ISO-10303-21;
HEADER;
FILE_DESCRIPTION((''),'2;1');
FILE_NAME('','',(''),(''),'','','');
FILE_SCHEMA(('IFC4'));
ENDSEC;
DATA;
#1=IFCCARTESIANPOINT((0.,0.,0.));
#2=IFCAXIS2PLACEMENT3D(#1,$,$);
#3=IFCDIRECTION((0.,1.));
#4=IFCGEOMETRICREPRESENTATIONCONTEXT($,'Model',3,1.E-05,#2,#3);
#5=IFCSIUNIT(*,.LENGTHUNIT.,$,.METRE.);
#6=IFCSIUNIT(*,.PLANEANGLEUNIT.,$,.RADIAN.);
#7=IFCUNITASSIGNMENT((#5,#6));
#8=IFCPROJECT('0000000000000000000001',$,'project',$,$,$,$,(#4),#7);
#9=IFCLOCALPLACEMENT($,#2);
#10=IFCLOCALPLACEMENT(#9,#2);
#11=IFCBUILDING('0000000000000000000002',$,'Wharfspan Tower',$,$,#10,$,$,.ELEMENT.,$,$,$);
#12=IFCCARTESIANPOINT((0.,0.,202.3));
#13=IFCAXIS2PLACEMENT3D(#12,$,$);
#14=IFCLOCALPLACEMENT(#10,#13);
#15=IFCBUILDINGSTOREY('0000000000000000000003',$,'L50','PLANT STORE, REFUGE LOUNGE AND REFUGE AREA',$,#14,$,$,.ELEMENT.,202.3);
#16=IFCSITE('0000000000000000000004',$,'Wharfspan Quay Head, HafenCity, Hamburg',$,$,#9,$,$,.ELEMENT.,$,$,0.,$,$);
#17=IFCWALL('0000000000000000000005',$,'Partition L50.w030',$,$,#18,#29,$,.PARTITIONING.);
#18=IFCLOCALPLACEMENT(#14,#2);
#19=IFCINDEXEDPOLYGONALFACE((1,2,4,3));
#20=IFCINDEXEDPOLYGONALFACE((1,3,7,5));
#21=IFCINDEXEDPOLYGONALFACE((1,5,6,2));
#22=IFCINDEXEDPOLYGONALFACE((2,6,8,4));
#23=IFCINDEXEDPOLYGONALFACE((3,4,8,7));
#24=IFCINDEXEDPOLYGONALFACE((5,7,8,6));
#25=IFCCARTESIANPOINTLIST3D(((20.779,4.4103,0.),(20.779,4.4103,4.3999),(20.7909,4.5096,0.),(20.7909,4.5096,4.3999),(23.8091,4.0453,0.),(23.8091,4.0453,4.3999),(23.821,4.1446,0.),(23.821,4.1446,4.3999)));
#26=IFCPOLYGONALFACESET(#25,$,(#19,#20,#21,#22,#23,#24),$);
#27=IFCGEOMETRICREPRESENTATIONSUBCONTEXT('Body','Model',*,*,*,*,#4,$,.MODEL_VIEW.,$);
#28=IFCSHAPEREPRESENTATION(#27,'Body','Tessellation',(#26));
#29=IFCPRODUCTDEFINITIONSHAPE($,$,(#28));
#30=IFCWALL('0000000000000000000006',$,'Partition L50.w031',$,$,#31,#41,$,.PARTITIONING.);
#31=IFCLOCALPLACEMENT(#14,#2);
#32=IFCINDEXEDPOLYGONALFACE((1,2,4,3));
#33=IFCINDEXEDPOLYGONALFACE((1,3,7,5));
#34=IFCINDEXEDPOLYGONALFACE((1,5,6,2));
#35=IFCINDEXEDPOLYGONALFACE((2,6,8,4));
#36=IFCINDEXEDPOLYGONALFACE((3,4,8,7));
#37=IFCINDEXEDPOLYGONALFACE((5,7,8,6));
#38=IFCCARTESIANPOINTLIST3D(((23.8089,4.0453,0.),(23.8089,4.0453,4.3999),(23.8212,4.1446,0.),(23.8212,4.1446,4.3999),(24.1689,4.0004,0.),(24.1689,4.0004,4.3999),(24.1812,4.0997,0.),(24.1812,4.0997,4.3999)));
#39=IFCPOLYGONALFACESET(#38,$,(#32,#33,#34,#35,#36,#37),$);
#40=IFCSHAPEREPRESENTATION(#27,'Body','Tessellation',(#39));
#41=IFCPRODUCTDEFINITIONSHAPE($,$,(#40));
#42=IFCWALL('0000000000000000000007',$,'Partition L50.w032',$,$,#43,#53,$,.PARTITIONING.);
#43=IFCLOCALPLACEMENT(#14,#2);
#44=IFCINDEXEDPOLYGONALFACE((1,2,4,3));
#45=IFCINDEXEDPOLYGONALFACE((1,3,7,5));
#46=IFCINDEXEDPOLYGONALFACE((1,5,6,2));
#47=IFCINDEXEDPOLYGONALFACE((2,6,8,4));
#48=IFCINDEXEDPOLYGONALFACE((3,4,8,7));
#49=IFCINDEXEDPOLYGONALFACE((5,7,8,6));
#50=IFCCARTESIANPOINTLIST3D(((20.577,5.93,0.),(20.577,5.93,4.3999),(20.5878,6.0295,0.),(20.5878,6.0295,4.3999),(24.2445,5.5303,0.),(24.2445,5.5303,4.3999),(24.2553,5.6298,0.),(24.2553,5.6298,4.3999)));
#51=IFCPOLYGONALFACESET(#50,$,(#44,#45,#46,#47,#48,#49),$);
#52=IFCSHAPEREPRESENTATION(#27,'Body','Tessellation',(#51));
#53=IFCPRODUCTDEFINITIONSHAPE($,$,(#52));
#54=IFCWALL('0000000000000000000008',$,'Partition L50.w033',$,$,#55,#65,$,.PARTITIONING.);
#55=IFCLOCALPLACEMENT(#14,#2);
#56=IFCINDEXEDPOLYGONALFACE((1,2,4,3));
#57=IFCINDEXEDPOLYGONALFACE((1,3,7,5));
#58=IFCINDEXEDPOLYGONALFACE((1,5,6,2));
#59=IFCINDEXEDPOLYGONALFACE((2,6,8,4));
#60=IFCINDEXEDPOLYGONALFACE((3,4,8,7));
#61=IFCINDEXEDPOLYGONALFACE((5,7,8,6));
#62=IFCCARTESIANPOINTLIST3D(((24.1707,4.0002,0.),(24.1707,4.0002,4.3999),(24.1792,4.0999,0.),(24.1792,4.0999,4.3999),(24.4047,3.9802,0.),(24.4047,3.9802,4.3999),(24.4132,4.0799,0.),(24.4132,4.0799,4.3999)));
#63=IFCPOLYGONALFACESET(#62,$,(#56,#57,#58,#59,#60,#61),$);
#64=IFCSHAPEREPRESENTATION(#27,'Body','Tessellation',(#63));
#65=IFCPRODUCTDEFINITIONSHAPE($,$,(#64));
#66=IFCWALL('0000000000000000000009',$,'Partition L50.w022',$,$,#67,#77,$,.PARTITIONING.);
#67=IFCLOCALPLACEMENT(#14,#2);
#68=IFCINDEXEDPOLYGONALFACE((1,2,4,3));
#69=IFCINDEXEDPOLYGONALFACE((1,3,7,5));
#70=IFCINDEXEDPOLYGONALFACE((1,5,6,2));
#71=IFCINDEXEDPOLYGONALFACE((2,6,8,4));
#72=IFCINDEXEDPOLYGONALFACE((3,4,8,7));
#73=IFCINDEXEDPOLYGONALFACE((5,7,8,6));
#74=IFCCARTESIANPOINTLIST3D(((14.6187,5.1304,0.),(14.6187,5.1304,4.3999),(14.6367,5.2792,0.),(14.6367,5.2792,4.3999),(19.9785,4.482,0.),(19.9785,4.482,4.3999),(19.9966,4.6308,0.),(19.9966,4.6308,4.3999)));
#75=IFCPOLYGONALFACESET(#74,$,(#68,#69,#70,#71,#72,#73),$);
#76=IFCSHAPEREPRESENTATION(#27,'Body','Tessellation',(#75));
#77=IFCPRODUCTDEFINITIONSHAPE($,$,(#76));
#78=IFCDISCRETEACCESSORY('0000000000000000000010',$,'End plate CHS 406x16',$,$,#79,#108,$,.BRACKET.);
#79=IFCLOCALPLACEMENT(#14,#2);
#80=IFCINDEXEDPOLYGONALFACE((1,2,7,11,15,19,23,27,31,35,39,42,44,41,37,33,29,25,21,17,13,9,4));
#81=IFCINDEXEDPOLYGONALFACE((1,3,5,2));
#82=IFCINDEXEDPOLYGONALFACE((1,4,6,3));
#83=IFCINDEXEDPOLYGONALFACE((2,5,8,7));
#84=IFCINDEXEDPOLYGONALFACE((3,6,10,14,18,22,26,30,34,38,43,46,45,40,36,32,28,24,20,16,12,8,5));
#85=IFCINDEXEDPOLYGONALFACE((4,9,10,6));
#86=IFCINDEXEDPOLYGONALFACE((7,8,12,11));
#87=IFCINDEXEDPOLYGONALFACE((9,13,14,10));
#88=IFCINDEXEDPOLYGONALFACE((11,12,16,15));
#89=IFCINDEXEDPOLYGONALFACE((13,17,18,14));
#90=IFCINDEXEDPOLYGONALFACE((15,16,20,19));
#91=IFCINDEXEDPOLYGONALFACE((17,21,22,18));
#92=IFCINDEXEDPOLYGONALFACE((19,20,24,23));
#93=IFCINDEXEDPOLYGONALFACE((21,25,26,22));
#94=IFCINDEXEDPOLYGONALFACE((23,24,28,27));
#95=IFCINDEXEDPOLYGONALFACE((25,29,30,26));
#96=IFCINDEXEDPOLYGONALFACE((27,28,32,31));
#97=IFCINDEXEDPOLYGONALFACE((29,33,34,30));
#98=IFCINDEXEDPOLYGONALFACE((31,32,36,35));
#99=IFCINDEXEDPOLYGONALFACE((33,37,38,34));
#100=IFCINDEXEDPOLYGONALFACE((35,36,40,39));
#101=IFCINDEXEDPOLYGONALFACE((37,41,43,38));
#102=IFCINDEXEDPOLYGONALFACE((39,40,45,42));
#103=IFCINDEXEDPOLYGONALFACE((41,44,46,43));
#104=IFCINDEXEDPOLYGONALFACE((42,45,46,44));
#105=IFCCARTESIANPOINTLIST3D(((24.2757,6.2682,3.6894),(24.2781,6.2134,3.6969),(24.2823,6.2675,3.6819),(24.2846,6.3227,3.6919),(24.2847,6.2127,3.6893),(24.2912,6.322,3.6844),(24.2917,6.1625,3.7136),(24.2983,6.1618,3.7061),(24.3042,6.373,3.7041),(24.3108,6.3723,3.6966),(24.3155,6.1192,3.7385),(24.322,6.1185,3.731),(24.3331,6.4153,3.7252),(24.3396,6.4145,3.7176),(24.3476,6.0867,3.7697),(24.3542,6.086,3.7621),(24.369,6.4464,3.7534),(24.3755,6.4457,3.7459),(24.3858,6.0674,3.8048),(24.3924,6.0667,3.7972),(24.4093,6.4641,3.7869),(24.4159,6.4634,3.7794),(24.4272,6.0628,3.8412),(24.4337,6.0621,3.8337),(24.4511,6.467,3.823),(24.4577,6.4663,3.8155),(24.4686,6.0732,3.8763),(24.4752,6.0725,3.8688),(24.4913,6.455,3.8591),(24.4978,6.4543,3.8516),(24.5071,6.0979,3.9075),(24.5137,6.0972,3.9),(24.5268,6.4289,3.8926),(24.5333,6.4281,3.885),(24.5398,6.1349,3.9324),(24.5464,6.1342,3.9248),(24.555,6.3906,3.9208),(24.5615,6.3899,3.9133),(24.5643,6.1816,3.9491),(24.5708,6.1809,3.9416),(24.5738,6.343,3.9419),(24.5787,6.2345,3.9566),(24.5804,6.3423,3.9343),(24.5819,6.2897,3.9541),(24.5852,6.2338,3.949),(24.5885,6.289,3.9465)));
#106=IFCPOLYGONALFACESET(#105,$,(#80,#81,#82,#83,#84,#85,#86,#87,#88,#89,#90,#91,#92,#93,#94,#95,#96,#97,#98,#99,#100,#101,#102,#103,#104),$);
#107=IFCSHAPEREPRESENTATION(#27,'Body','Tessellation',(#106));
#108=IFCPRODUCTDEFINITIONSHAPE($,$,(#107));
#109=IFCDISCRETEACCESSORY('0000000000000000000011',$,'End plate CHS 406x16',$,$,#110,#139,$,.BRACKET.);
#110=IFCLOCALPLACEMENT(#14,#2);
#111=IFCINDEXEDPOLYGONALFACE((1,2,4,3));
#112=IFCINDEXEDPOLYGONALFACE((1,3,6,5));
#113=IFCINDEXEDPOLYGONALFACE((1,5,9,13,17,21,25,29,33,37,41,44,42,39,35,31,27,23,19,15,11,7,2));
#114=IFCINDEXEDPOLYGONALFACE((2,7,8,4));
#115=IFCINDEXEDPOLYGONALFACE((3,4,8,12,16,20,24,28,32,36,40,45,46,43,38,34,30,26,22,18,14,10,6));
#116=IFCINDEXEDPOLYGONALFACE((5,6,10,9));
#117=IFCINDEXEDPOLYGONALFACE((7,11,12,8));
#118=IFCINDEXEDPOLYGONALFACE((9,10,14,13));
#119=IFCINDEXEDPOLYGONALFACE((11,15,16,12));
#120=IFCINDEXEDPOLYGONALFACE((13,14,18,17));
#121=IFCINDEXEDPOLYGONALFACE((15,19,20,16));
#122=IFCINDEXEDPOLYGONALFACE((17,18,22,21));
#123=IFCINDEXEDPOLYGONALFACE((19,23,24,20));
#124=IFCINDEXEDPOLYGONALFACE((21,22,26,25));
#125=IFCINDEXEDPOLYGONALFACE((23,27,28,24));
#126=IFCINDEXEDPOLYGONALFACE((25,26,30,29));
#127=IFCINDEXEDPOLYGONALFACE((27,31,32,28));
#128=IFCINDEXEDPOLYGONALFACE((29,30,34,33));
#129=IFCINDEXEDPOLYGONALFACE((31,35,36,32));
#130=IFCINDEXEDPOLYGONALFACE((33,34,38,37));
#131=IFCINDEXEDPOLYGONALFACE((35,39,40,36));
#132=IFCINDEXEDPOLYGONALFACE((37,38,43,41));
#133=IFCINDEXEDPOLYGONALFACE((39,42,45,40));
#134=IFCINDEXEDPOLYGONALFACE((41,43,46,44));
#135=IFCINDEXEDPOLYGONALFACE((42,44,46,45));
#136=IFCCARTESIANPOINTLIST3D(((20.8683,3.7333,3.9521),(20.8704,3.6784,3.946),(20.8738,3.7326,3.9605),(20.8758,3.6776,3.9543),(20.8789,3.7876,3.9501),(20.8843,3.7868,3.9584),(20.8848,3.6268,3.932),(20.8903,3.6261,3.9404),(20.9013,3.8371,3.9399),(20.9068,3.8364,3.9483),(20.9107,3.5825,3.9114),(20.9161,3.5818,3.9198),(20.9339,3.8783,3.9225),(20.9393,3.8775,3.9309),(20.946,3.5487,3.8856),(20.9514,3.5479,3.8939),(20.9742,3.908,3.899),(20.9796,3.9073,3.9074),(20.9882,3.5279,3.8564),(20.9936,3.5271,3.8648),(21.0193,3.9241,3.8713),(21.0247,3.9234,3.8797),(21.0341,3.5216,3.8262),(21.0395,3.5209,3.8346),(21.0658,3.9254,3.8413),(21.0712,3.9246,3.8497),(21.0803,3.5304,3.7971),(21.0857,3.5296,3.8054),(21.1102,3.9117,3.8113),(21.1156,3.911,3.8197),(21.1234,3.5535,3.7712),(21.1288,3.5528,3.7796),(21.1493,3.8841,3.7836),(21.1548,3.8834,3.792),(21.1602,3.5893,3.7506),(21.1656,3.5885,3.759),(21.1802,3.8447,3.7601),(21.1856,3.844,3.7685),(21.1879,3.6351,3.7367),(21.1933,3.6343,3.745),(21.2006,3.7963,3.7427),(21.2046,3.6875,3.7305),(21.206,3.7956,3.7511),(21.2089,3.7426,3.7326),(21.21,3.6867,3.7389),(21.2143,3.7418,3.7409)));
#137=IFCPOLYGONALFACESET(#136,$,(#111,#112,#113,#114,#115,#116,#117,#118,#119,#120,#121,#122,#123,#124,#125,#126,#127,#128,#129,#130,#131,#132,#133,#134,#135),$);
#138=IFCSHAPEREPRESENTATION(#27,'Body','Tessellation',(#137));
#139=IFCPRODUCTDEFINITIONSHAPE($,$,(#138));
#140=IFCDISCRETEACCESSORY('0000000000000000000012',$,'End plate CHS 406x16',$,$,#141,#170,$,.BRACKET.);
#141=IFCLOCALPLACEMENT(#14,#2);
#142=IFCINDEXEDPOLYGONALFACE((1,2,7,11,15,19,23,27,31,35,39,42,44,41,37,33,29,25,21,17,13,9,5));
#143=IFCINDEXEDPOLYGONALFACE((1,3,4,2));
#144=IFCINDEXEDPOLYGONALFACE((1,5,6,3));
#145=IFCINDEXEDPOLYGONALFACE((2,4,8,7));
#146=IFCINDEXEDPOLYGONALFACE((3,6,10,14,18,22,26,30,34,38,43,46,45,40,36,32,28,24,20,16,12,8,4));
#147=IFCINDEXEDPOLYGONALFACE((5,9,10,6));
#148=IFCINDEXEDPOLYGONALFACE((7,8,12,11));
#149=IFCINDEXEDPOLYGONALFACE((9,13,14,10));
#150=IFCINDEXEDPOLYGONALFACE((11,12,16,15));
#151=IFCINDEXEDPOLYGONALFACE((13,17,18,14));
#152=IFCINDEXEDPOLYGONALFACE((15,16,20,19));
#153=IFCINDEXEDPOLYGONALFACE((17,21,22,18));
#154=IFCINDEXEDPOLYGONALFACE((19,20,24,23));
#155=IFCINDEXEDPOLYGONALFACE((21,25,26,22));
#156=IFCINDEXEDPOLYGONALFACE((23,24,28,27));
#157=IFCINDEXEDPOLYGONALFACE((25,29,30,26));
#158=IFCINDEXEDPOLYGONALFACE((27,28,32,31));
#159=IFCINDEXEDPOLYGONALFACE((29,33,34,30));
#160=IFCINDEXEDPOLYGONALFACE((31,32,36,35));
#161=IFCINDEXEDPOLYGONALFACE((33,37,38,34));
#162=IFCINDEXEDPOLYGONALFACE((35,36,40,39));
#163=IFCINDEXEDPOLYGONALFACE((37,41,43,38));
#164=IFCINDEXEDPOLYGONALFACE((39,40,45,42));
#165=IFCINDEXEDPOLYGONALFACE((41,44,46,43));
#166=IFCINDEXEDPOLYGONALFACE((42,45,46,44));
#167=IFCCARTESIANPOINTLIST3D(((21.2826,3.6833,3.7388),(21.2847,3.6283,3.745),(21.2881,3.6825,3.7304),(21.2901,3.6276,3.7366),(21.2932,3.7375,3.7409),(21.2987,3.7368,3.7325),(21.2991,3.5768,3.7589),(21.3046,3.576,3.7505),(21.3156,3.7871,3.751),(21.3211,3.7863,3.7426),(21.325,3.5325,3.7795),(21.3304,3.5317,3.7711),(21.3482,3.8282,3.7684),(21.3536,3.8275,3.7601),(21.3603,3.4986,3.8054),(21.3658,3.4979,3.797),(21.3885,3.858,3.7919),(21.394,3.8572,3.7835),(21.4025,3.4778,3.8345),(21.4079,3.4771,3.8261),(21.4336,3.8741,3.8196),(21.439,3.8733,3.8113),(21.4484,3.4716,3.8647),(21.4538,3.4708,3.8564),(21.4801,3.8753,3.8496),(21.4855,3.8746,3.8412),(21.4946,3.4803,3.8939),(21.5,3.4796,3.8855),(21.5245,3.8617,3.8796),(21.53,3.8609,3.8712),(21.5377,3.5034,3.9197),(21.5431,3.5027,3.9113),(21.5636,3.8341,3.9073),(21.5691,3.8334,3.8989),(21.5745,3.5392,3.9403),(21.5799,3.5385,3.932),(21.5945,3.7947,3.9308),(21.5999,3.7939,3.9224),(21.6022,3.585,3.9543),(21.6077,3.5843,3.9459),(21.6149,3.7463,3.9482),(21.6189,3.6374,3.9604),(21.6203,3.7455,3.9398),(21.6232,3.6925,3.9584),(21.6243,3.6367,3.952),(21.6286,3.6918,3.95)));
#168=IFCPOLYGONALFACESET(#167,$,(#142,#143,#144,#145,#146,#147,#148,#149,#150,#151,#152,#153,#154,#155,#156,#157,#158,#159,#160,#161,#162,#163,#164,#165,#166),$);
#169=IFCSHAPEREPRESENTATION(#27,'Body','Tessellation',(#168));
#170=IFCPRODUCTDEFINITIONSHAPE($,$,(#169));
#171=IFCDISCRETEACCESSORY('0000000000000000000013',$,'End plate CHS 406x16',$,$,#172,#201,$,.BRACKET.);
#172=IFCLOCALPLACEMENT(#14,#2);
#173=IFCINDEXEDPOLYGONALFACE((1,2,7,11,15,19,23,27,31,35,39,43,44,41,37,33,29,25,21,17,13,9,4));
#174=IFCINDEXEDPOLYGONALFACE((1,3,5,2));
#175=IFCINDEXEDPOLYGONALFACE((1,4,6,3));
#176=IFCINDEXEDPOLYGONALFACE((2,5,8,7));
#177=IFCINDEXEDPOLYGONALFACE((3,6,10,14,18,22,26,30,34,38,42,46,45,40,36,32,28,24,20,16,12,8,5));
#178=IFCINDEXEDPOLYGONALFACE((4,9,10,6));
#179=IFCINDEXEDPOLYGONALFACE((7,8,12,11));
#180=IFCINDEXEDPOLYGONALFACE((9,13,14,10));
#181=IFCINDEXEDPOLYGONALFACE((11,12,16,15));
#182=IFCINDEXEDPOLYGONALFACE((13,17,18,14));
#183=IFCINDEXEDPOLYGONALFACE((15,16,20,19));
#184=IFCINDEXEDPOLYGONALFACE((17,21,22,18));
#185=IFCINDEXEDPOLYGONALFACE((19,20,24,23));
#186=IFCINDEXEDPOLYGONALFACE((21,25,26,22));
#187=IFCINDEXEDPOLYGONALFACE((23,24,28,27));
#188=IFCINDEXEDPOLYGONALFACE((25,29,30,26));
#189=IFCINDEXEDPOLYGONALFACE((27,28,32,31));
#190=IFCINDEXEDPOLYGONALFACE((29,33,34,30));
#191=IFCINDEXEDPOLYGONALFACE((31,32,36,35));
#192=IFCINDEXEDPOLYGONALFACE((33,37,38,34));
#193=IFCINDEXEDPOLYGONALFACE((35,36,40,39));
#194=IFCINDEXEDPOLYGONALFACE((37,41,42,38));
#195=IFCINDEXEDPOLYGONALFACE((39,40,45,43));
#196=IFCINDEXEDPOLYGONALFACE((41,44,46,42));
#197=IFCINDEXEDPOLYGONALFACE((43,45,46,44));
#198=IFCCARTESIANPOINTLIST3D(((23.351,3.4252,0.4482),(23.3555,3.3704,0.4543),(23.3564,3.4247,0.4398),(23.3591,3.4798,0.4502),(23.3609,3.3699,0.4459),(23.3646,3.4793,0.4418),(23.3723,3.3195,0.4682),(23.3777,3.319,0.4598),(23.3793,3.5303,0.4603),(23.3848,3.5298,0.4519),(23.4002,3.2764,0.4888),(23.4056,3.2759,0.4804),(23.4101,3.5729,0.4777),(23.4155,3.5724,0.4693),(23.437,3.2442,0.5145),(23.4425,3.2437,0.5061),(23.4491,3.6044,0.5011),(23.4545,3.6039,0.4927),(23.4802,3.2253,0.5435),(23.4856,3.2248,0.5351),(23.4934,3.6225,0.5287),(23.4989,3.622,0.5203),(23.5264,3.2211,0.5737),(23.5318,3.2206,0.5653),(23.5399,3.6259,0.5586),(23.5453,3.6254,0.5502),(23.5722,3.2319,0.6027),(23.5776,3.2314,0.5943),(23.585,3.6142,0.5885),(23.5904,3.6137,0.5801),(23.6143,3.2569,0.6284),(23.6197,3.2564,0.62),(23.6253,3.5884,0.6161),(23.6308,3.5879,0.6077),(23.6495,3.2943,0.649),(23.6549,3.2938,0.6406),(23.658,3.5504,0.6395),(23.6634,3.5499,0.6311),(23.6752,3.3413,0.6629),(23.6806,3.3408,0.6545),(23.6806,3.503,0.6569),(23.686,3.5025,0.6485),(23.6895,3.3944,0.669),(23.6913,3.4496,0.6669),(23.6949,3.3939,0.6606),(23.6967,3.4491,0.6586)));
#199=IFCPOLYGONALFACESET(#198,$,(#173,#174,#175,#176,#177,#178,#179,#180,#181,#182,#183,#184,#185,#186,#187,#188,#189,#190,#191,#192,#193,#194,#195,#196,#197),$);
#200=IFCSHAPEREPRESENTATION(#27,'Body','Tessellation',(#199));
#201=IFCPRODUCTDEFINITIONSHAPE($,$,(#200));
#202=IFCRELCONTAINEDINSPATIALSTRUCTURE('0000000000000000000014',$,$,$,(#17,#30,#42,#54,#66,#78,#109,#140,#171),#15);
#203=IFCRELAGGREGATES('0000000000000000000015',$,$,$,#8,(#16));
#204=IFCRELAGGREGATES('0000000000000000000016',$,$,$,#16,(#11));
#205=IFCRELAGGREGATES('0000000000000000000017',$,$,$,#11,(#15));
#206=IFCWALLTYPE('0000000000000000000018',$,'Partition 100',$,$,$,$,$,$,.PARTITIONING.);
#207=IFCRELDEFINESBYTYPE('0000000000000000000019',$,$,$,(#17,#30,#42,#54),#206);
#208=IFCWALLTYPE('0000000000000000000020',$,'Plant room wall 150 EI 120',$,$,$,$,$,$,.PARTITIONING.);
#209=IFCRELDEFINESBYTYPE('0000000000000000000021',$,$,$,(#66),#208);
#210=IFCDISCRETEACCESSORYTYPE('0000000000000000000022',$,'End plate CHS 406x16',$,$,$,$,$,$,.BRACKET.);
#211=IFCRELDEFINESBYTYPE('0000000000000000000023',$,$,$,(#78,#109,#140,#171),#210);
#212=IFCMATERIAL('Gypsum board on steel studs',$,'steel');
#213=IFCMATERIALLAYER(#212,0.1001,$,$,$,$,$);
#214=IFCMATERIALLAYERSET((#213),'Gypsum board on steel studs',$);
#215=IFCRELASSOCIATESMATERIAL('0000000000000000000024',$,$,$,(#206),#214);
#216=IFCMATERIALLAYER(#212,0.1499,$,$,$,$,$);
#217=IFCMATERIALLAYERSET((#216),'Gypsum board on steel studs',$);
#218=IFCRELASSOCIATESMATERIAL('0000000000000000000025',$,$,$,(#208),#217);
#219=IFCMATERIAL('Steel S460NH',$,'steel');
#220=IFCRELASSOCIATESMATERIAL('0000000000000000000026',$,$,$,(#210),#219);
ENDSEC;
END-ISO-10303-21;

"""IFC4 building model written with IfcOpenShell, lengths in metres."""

from ifc_helpers import new_model, si_unit, direction, frame, frame_2d, origin, origin_2d, place, context, subcontext, project, spatial, rectangle, circle, extrude, material, layer, layer_set, material_profile, profile_set, type_object, element, save


model = new_model("IFC4")

# Units and contexts
model_context = context("Model", 3, precision=1e-05, world=origin(), true_north=direction((0.0, 1.0)))
body_context = subcontext(model_context, "Body", "Model", "MODEL_VIEW")
ifc_project = project(units=[si_unit("LENGTHUNIT", "METRE"), si_unit("PLANEANGLEUNIT", "RADIAN")], contexts=[model_context])

# Site, building, storey
site_placement = place(None, origin())
site = spatial("IfcSite", under=ifc_project, at=site_placement, Name="Wharfspan Quay Head, HafenCity, Hamburg", CompositionType="ELEMENT", RefElevation=0.0)
building_placement = place(site_placement, origin())
building = spatial("IfcBuilding", under=site, at=building_placement, Name="Wharfspan Tower", CompositionType="ELEMENT")
storey_placement = place(building_placement, frame((0.0, 0.0, 202.3)))
storey = spatial("IfcBuildingStorey", under=building, at=storey_placement, Name="L50", Description="PLANT STORE, REFUGE LOUNGE AND REFUGE AREA", CompositionType="ELEMENT", Elevation=202.3)

# Shared definitions
ifc_material_1 = material(Name="Steel S460NH", Category="steel")

# Walls
ifc_material_2 = material(Name="Gypsum board on steel studs", Category="steel")
ifc_layer_1 = layer(ifc_material_2, 0.1001)
ifc_layer_set_1 = layer_set([ifc_layer_1], Name="Gypsum board on steel studs")
wall_type_1 = type_object("IfcWallType", Name="Partition 100", PredefinedType="PARTITIONING", material=ifc_layer_set_1)
wall_1_placement = place(storey_placement, frame((23.8149, 4.095, 0.0), z_axis=(0.0, 0.0, 1.0), x_axis=(-0.992822, 0.119593, 0.0)))
element("IfcWall", 1, at=wall_1_placement, inside=storey, type_object=wall_type_1, Name="Partition L50.w030", PredefinedType="PARTITIONING", context=body_context, shape_type="SweptSolid", body=[
    extrude(rectangle(XDim=3.052, YDim=0.1001, at=frame_2d((1.5259, 0.0))), origin(), (0.0, 0.0, 1.0), 4.3999),
])
wall_2_placement = place(storey_placement, frame((24.175, 4.05, 0.0), z_axis=(0.0, 0.0, 1.0), x_axis=(-0.992306, 0.123786, 0.0)))
element("IfcWall", 2, at=wall_2_placement, inside=storey, type_object=wall_type_1, Name="Partition L50.w031", PredefinedType="PARTITIONING", context=body_context, shape_type="SweptSolid", body=[
    extrude(rectangle(XDim=0.3628, YDim=0.1001, at=frame_2d((0.1814, 0.0))), origin(), (0.0, 0.0, 1.0), 4.3999),
])
wall_3_placement = place(storey_placement, frame((24.25, 5.5801, 0.0), z_axis=(0.0, 0.0, 1.0), x_axis=(-0.994113, 0.108332, 0.0)))
element("IfcWall", 3, at=wall_3_placement, inside=storey, type_object=wall_type_1, Name="Partition L50.w032", PredefinedType="PARTITIONING", context=body_context, shape_type="SweptSolid", body=[
    extrude(rectangle(XDim=3.6892, YDim=0.1001, at=frame_2d((1.8447, 0.0))), origin(), (0.0, 0.0, 1.0), 4.3999),
])
wall_4_placement = place(storey_placement, frame((24.4089, 4.03, 0.0), z_axis=(0.0, 0.0, 1.0), x_axis=(-0.996355, 0.085283, 0.0)))
element("IfcWall", 4, at=wall_4_placement, inside=storey, type_object=wall_type_1, Name="Partition L50.w033", PredefinedType="PARTITIONING", context=body_context, shape_type="SweptSolid", body=[
    extrude(rectangle(XDim=0.2349, YDim=0.1001, at=frame_2d((0.1174, 0.0))), origin(), (0.0, 0.0, 1.0), 4.3999),
])
ifc_layer_2 = layer(ifc_material_2, 0.1499)
ifc_layer_set_2 = layer_set([ifc_layer_2], Name="Gypsum board on steel studs")
wall_type_2 = type_object("IfcWallType", Name="Plant room wall 150 EI 120", PredefinedType="PARTITIONING", material=ifc_layer_set_2)
wall_5_placement = place(storey_placement, frame((19.9875, 4.5564, 0.0), z_axis=(0.0, 0.0, 1.0), x_axis=(-0.992757, 0.120104, 0.0)))
element("IfcWall", 5, at=wall_5_placement, inside=storey, type_object=wall_type_2, Name="Partition L50.w022", PredefinedType="PARTITIONING", context=body_context, shape_type="SweptSolid", body=[
    extrude(rectangle(XDim=5.3989, YDim=0.1499, at=frame_2d((2.6995, 0.0))), origin(), (0.0, 0.0, 1.0), 4.3999),
])

# Discrete accessories
ifc_material_profile_1 = material_profile(ifc_material_1, circle(Radius=0.2031, at=origin_2d()))
ifc_profile_set_1 = profile_set([ifc_material_profile_1], Name="Steel S460NH")
discrete_accessory_type_1 = type_object("IfcDiscreteAccessoryType", Name="End plate CHS 406x16", PredefinedType="BRACKET", material=ifc_profile_set_1)
for number, where, z_axis, x_axis, name in (
    (6, (24.4287, 6.2651, 3.823), (0.655039, -0.072782, -0.752082), (0.11043, 0.993882, -0.000001), "End plate CHS 406x16"),
    (7, (21.0383, 3.7241, 3.8413), (0.541767, -0.073877, 0.837276), (0.135113, 0.990833, 0.0), "End plate CHS 406x16"),
    (8, (21.4526, 3.6741, 3.8496), (0.541767, -0.073877, -0.837276), (0.135113, 0.990833, 0.0), "End plate CHS 406x16"),
    (9, (23.5215, 3.4236, 0.5586), (0.54259, -0.049326, -0.838548), (0.090535, 0.995892, 0.0), "End plate CHS 406x16"),
):
    element("IfcDiscreteAccessory", number, at=place(storey_placement, frame(where, z_axis=z_axis, x_axis=x_axis)), inside=storey, type_object=discrete_accessory_type_1, Name=name, PredefinedType="BRACKET", context=body_context, shape_type="SweptSolid", body=[
        extrude(circle(Radius=0.2031, at=origin_2d()), origin(), (0.0, 0.0, 1.0), 0.01),
    ])

save(model, "model.ifc")
